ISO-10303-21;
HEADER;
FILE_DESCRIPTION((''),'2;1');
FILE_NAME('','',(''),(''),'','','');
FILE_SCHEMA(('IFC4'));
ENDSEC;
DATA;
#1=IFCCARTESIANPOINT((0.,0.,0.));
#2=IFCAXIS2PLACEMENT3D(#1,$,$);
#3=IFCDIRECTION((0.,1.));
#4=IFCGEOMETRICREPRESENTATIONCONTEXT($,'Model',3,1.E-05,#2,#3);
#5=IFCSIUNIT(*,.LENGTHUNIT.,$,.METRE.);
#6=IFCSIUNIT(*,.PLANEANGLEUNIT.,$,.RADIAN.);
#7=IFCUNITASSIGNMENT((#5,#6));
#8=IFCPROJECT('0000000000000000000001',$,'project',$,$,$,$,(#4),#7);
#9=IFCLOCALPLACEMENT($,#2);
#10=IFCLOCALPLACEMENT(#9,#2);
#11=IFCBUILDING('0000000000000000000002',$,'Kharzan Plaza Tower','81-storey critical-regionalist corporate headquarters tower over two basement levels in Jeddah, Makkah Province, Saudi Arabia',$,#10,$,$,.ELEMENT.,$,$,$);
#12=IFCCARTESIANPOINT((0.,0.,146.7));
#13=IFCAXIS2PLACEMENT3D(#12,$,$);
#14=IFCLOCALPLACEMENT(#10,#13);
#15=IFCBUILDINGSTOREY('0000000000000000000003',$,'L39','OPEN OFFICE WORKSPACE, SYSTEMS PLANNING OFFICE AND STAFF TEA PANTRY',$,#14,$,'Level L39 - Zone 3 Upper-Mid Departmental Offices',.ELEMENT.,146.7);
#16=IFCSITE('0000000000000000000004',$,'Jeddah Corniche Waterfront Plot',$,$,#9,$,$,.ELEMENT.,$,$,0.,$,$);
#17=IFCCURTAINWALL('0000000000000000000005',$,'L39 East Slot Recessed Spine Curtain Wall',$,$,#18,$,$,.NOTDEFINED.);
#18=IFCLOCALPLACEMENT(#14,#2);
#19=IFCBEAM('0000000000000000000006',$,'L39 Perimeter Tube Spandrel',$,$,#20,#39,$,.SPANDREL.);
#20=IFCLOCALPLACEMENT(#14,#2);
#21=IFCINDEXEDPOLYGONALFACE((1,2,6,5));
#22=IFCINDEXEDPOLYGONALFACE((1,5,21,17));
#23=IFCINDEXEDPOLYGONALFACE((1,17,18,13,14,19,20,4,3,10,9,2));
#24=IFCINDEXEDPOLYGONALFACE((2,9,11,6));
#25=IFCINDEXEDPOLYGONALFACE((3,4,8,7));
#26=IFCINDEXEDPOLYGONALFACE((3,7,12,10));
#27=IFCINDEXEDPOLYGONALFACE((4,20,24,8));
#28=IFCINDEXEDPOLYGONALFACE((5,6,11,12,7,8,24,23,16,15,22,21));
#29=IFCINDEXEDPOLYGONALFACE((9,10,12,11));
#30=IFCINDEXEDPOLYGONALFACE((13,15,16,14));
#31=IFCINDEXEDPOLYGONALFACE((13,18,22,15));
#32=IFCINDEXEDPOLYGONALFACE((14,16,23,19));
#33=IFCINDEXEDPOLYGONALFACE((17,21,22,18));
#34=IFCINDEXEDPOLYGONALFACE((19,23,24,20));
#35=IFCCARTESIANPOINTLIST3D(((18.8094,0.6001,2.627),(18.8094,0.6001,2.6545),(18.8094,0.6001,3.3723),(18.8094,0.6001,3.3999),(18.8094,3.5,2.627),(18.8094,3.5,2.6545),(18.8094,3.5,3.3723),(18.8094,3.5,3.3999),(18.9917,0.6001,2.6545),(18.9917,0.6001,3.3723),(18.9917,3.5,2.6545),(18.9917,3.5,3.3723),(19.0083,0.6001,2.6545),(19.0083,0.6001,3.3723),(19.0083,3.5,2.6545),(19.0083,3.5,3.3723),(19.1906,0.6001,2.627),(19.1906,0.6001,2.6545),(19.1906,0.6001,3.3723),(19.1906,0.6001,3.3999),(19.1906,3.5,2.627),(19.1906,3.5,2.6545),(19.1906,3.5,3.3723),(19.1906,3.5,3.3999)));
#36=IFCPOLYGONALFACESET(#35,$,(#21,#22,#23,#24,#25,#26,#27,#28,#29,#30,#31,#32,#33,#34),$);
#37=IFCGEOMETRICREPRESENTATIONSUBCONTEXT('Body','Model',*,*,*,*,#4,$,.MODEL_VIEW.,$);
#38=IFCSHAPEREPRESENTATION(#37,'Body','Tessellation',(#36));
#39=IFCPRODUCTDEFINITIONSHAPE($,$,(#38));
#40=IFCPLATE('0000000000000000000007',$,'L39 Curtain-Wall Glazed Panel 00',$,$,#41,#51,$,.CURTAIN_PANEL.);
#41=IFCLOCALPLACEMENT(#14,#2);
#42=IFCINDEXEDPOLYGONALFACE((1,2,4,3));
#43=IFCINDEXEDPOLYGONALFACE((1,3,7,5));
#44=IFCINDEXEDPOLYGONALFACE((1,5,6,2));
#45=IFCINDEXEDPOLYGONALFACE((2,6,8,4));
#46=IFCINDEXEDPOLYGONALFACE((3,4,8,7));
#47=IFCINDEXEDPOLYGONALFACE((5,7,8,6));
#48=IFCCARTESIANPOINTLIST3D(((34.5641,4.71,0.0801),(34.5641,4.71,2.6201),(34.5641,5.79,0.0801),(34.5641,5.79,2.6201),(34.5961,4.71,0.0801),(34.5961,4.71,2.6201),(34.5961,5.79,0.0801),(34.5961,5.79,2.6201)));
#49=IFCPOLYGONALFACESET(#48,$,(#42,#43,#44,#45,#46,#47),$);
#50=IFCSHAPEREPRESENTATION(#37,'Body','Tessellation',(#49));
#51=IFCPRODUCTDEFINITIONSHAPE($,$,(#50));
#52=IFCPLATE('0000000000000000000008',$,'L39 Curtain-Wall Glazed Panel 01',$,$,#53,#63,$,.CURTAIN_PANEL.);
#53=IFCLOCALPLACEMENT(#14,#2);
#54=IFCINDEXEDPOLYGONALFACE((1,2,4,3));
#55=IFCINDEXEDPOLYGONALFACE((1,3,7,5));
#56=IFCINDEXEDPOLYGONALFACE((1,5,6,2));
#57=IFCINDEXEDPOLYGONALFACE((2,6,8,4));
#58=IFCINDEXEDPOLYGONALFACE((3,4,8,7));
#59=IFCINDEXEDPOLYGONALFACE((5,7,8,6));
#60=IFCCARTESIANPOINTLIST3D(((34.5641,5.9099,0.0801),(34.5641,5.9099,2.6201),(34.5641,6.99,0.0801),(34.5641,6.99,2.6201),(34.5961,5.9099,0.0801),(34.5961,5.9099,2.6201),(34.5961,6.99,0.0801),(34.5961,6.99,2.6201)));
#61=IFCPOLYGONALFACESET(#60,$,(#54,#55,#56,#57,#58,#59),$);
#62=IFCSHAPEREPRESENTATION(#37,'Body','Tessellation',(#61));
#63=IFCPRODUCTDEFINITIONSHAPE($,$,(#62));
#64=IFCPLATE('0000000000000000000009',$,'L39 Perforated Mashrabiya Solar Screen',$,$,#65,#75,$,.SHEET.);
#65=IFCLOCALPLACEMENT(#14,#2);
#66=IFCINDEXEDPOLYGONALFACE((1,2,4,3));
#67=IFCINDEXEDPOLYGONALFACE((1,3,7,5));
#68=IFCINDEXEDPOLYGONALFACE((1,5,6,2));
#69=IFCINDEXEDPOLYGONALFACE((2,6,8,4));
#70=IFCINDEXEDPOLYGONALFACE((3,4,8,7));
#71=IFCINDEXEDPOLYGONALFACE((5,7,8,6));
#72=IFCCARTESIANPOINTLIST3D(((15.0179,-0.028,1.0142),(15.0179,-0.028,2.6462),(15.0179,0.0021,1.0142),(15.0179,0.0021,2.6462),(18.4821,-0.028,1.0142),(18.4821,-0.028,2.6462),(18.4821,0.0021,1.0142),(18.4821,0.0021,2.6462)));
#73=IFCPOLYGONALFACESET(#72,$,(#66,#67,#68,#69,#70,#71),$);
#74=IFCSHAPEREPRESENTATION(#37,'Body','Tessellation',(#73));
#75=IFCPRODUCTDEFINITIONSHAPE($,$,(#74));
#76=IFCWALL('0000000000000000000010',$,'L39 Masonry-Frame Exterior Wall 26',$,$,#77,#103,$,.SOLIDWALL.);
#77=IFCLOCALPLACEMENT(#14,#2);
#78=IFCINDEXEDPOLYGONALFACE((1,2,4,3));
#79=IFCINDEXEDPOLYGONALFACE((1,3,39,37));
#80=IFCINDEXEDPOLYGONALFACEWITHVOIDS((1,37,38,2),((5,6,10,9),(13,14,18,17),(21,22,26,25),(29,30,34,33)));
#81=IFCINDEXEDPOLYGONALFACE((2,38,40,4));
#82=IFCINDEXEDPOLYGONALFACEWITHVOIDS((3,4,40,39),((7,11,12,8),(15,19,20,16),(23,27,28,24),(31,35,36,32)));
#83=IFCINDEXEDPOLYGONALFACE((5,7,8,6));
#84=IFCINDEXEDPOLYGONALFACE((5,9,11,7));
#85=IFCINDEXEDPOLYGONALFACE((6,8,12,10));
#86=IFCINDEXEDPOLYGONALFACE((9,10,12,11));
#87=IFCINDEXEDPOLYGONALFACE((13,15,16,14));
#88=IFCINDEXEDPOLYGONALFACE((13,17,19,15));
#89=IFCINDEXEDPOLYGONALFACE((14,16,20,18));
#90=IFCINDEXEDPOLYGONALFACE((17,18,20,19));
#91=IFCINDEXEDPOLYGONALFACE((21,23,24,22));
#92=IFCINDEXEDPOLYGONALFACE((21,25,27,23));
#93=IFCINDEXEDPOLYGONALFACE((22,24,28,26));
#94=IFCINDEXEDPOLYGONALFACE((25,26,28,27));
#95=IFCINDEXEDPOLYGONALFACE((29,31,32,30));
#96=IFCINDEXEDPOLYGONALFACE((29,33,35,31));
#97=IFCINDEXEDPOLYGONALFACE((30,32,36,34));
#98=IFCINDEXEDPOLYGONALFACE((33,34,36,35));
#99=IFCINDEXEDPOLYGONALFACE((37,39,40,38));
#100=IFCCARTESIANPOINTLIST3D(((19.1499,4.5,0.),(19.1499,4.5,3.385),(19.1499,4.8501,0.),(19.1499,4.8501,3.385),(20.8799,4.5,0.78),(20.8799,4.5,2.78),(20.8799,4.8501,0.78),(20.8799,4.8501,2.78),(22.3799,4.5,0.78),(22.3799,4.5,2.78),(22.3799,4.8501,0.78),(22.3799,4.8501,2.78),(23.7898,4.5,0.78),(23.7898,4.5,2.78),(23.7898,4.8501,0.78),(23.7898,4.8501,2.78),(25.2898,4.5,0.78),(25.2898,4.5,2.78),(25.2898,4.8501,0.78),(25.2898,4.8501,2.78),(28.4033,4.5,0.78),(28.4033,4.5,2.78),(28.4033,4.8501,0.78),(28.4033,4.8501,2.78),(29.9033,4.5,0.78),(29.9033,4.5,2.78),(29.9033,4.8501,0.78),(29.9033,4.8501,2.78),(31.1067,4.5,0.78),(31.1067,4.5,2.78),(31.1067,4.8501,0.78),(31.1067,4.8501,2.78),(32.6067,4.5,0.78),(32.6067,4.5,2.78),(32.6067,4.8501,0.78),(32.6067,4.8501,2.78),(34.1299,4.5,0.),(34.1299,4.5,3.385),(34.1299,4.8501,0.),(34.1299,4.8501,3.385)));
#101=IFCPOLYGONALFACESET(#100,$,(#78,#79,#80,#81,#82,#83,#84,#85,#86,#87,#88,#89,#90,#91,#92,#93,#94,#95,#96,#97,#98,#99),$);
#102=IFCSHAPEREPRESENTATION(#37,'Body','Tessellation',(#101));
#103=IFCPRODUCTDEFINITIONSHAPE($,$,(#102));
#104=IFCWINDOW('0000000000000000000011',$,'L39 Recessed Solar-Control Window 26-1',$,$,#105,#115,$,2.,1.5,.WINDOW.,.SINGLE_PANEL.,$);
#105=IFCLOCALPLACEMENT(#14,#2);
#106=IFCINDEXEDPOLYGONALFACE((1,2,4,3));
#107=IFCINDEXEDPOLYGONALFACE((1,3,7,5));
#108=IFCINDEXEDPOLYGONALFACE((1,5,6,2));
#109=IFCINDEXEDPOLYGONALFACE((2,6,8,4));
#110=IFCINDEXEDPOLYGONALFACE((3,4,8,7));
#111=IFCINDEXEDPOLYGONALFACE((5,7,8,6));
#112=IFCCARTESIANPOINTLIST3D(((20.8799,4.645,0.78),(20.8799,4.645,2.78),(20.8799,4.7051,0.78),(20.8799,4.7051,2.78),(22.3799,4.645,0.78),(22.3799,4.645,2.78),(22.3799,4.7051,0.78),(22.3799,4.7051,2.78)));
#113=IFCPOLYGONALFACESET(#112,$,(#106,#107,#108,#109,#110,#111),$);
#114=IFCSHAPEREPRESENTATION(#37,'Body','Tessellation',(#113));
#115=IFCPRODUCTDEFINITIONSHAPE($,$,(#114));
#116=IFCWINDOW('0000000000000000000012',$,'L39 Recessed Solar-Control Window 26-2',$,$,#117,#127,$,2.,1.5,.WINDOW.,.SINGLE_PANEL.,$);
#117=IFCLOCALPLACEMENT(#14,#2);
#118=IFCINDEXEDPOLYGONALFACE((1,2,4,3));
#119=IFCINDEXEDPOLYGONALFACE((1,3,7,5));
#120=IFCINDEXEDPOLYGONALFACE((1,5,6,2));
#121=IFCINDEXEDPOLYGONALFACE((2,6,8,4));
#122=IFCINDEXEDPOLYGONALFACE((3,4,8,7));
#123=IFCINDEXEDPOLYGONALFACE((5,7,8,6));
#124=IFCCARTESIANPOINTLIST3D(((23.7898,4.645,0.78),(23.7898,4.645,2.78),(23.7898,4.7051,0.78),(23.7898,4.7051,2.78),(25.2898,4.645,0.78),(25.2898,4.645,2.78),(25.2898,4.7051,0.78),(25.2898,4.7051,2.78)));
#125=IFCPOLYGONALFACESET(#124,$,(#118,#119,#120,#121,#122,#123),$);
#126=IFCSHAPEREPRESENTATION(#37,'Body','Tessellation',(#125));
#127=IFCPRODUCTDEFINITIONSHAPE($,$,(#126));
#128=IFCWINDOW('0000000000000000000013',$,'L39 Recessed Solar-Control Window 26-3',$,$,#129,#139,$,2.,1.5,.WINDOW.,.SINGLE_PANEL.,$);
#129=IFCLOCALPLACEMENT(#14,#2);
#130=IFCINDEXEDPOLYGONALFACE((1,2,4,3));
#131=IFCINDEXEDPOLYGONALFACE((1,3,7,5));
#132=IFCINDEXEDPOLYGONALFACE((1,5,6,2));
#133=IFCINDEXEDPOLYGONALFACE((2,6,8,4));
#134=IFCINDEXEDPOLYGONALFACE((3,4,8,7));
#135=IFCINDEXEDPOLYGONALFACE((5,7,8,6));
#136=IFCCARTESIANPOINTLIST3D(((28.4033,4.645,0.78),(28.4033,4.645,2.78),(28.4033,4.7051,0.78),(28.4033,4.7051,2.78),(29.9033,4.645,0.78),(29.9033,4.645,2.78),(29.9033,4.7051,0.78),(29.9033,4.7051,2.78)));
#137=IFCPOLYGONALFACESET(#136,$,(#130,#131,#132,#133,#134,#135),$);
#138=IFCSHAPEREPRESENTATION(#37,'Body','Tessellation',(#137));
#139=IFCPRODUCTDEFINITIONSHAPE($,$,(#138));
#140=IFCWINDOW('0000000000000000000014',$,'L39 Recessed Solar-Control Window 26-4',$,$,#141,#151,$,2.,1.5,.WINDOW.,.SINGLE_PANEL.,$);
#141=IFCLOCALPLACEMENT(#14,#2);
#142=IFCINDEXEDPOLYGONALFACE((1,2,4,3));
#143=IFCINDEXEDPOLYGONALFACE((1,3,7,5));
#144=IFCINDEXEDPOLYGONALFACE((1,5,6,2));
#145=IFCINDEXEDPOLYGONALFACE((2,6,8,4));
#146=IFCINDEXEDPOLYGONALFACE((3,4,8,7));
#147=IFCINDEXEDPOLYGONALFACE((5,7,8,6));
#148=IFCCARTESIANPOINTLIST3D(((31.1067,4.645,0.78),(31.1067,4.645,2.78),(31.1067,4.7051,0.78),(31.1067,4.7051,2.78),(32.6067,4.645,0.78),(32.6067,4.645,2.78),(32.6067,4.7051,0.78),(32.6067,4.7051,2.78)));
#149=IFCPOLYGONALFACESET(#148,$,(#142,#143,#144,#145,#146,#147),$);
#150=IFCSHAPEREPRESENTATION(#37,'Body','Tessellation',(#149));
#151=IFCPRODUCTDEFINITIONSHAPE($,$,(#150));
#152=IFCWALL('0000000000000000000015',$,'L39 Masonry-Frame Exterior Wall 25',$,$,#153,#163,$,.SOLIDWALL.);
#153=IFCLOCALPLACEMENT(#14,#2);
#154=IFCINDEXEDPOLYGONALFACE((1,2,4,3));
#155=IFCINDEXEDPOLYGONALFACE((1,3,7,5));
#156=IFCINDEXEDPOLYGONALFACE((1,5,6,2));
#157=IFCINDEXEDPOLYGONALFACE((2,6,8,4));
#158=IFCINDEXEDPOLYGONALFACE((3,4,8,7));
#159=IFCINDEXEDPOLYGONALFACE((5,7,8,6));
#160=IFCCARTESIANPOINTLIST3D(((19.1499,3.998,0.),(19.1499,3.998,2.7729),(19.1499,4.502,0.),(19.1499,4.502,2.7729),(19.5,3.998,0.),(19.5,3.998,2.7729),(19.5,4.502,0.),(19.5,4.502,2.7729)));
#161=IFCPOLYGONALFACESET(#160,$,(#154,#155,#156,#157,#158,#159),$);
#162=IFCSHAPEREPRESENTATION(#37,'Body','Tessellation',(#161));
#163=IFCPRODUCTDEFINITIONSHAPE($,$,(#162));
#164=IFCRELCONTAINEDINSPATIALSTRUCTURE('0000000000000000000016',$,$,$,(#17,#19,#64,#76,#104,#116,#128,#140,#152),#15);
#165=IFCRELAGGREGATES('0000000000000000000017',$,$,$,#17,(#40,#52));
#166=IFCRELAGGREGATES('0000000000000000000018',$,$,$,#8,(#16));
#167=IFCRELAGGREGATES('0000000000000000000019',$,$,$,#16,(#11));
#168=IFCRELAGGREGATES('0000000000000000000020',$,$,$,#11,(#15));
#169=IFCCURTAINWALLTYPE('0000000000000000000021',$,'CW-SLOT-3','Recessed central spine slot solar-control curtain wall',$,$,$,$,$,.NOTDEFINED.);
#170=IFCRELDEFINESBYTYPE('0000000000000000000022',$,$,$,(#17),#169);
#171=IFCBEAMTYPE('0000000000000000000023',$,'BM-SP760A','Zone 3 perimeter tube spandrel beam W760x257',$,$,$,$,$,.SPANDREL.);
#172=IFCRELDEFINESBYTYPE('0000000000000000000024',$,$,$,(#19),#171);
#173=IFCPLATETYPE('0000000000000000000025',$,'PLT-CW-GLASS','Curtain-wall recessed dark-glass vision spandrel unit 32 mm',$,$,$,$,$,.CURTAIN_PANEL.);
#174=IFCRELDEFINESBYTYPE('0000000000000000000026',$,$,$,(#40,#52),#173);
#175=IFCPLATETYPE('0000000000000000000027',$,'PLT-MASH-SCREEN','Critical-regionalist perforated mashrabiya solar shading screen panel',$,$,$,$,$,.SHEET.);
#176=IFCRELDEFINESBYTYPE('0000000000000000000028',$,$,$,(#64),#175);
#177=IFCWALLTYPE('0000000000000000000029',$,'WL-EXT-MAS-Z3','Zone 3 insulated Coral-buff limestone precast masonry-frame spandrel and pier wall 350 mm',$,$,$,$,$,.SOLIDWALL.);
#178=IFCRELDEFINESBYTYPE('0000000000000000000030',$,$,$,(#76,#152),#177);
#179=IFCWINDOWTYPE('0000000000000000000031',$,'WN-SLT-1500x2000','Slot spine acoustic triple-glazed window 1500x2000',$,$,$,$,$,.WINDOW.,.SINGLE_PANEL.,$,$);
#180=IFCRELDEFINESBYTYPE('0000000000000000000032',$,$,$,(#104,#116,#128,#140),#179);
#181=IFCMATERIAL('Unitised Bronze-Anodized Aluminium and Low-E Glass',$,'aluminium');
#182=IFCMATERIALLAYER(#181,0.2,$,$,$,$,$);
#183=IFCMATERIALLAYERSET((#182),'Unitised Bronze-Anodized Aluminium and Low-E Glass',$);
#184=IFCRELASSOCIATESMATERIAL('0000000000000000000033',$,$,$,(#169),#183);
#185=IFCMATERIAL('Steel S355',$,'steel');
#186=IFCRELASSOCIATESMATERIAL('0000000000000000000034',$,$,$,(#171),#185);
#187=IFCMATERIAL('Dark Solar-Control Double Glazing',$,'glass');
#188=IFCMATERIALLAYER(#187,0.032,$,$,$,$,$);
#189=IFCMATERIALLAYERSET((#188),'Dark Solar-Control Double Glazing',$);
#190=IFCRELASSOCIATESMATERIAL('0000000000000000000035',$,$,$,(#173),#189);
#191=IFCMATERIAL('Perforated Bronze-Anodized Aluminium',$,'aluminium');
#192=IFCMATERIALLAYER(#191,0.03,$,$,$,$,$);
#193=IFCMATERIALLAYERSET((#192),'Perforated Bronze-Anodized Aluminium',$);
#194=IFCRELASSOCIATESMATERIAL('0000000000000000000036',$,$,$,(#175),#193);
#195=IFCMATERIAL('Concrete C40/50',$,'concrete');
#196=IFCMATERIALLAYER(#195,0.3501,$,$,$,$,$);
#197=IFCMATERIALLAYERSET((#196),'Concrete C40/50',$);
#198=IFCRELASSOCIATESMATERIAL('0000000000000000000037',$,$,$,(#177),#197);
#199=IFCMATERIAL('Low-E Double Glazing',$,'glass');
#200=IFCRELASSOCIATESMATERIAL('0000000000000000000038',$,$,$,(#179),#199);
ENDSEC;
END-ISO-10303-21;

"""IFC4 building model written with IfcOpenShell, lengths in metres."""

from ifc_helpers import new_model, si_unit, direction, frame, frame_2d, origin, origin_2d, place, context, subcontext, project, spatial, rectangle, i_section, extrude, source, transform, mapped, material, layer, layer_set, material_profile, profile_set, type_object, element, fill, aggregate, save


model = new_model("IFC4")

# Units and contexts
model_context = context("Model", 3, precision=1e-05, world=origin(), true_north=direction((0.0, 1.0)))
body_context = subcontext(model_context, "Body", "Model", "MODEL_VIEW")
ifc_project = project(units=[si_unit("LENGTHUNIT", "METRE"), si_unit("PLANEANGLEUNIT", "RADIAN")], contexts=[model_context])

# Site, building, storey
site_placement = place(None, origin())
site = spatial("IfcSite", under=ifc_project, at=site_placement, Name="Jeddah Corniche Waterfront Plot", CompositionType="ELEMENT", RefElevation=0.0)
building_placement = place(site_placement, origin())
building = spatial("IfcBuilding", under=site, at=building_placement, Name="Kharzan Plaza Tower", Description="81-storey critical-regionalist corporate headquarters tower over two basement levels in Jeddah, Makkah Province, Saudi Arabia", CompositionType="ELEMENT")
storey_placement = place(building_placement, frame((0.0, 0.0, 146.7)))
storey = spatial("IfcBuildingStorey", under=building, at=storey_placement, Name="L39", Description="OPEN OFFICE WORKSPACE, SYSTEMS PLANNING OFFICE AND STAFF TEA PANTRY", LongName="Level L39 - Zone 3 Upper-Mid Departmental Offices", CompositionType="ELEMENT", Elevation=146.7)

# Curtain wall
ifc_material_1 = material(Name="Unitised Bronze-Anodized Aluminium and Low-E Glass", Category="aluminium")
ifc_layer_1 = layer(ifc_material_1, 0.2)
ifc_layer_set_1 = layer_set([ifc_layer_1], Name="Unitised Bronze-Anodized Aluminium and Low-E Glass")
curtain_wall_type = type_object("IfcCurtainWallType", Name="CW-SLOT-3", Description="Recessed central spine slot solar-control curtain wall", PredefinedType="NOTDEFINED", material=ifc_layer_set_1)
curtain_wall_placement = place(storey_placement, origin())
curtain_wall = element("IfcCurtainWall", 1, at=curtain_wall_placement, inside=storey, type_object=curtain_wall_type, Name="L39 East Slot Recessed Spine Curtain Wall", PredefinedType="NOTDEFINED")

# Beam
ifc_material_2 = material(Name="Steel S355", Category="steel")
ifc_material_profile_1 = material_profile(ifc_material_2, i_section(OverallWidth=0.3811, OverallDepth=0.7729, WebThickness=0.0166, FlangeThickness=0.0276, at=origin_2d()), Name="W760x257")
ifc_profile_set_1 = profile_set([ifc_material_profile_1], Name="Steel S355")
beam_type_1 = type_object("IfcBeamType", Name="BM-SP760A", Description="Zone 3 perimeter tube spandrel beam W760x257", PredefinedType="SPANDREL", material=ifc_profile_set_1)
shared_shape_1 = source(origin(), body_context, "Body", "SweptSolid", [
    extrude(i_section(OverallWidth=0.3811, OverallDepth=0.7729, WebThickness=0.0166, FlangeThickness=0.0276, at=origin_2d()), origin(), (0.0, 0.0, 1.0), 2.8999),
])
beam_placement = place(storey_placement, frame((19.0, 0.6001, 3.0134), z_axis=(0.0, 1.0, 0.0), x_axis=(-1.0, 0.0, 0.0)))
element("IfcBeam", 2, at=beam_placement, inside=storey, type_object=beam_type_1, Name="L39 Perimeter Tube Spandrel", PredefinedType="SPANDREL", context=body_context, shape_type="MappedRepresentation", body=[
    mapped(shared_shape_1, transform((0.0, 0.0, 0.0), x_axis=(1.0, 0.0, 0.0), y_axis=(0.0, 1.0, 0.0), z_axis=(0.0, 0.0, 1.0))),
])

# Plates
ifc_material_3 = material(Name="Dark Solar-Control Double Glazing", Category="glass")
ifc_layer_2 = layer(ifc_material_3, 0.032)
ifc_layer_set_2 = layer_set([ifc_layer_2], Name="Dark Solar-Control Double Glazing")
plate_type_1 = type_object("IfcPlateType", Name="PLT-CW-GLASS", Description="Curtain-wall recessed dark-glass vision spandrel unit 32 mm", PredefinedType="CURTAIN_PANEL", material=ifc_layer_set_2)
shared_shape_2 = source(origin(), body_context, "Body", "SweptSolid", [
    extrude(rectangle(XDim=1.0801, YDim=0.032, at=origin_2d()), origin(), (0.0, 0.0, 1.0), 2.54),
])
plate_1_placement = place(storey_placement, frame((34.5801, 5.25, 0.0801), z_axis=(0.0, 0.0, 1.0), x_axis=(0.0, 1.0, 0.0)))
plate_1 = element("IfcPlate", 3, at=plate_1_placement, type_object=plate_type_1, Name="L39 Curtain-Wall Glazed Panel 00", PredefinedType="CURTAIN_PANEL", context=body_context, shape_type="MappedRepresentation", body=[
    mapped(shared_shape_2, transform((0.0, 0.0, 0.0), x_axis=(1.0, 0.0, 0.0), y_axis=(0.0, 1.0, 0.0), z_axis=(0.0, 0.0, 1.0))),
])
plate_2_placement = place(storey_placement, frame((34.5801, 6.45, 0.0801), z_axis=(0.0, 0.0, 1.0), x_axis=(0.0, 1.0, 0.0)))
plate_2 = element("IfcPlate", 4, at=plate_2_placement, type_object=plate_type_1, Name="L39 Curtain-Wall Glazed Panel 01", PredefinedType="CURTAIN_PANEL", context=body_context, shape_type="MappedRepresentation", body=[
    mapped(shared_shape_2, transform((0.0, 0.0, 0.0), x_axis=(1.0, 0.0, 0.0), y_axis=(0.0, 1.0, 0.0), z_axis=(0.0, 0.0, 1.0))),
])
aggregate(curtain_wall, [plate_1, plate_2])
ifc_material_4 = material(Name="Perforated Bronze-Anodized Aluminium", Category="aluminium")
ifc_layer_3 = layer(ifc_material_4, 0.03)
ifc_layer_set_3 = layer_set([ifc_layer_3], Name="Perforated Bronze-Anodized Aluminium")
plate_type_2 = type_object("IfcPlateType", Name="PLT-MASH-SCREEN", Description="Critical-regionalist perforated mashrabiya solar shading screen panel", PredefinedType="SHEET", material=ifc_layer_set_3)
shared_shape_3 = source(origin(), body_context, "Body", "SweptSolid", [
    extrude(rectangle(XDim=3.4641, YDim=0.03, at=origin_2d()), origin(), (0.0, 0.0, 1.0), 1.6321),
])
plate_3_placement = place(storey_placement, frame((16.75, -0.0129, 1.0142), z_axis=(0.0, 0.0, 1.0), x_axis=(1.0, 0.0, 0.0)))
element("IfcPlate", 5, at=plate_3_placement, inside=storey, type_object=plate_type_2, Name="L39 Perforated Mashrabiya Solar Screen", PredefinedType="SHEET", context=body_context, shape_type="MappedRepresentation", body=[
    mapped(shared_shape_3, transform((0.0, 0.0, 0.0), x_axis=(1.0, 0.0, 0.0), y_axis=(0.0, 1.0, 0.0), z_axis=(0.0, 0.0, 1.0))),
])

# Wall, openings, windows
ifc_material_5 = material(Name="Concrete C40/50", Category="concrete")
ifc_layer_4 = layer(ifc_material_5, 0.3501)
ifc_layer_set_4 = layer_set([ifc_layer_4], Name="Concrete C40/50")
wall_type_1 = type_object("IfcWallType", Name="WL-EXT-MAS-Z3", Description="Zone 3 insulated Coral-buff limestone precast masonry-frame spandrel and pier wall 350 mm", PredefinedType="SOLIDWALL", material=ifc_layer_set_4)
wall_1_placement = place(storey_placement, frame((19.1499, 4.675, 0.0), z_axis=(0.0, 0.0, 1.0), x_axis=(1.0, 0.0, 0.0)))
wall_1 = element("IfcWall", 6, at=wall_1_placement, inside=storey, type_object=wall_type_1, Name="L39 Masonry-Frame Exterior Wall 26", PredefinedType="SOLIDWALL", context=body_context, shape_type="SweptSolid", body=[
    extrude(rectangle(XDim=14.98, YDim=0.3501, at=frame_2d((7.49, 0.0))), origin(), (0.0, 0.0, 1.0), 3.385),
])
opening_1_placement = place(wall_1_placement, frame((1.73, 0.0, 0.78)))
opening_1 = element("IfcOpeningElement", 7, at=opening_1_placement, cuts=wall_1, PredefinedType="OPENING", context=body_context, shape_type="SweptSolid", body=[
    extrude(rectangle(XDim=1.5, YDim=2.0, at=frame_2d((0.75, 1.0))), frame((0.0, 0.1851, 0.0), z_axis=(0.0, -1.0, 0.0), x_axis=(1.0, 0.0, 0.0)), (0.0, 0.0, 1.0), 0.3701),
])
opening_2_placement = place(wall_1_placement, frame((4.6399, 0.0, 0.78)))
opening_2 = element("IfcOpeningElement", 8, at=opening_2_placement, cuts=wall_1, PredefinedType="OPENING", context=body_context, shape_type="SweptSolid", body=[
    extrude(rectangle(XDim=1.5, YDim=2.0, at=frame_2d((0.75, 1.0))), frame((0.0, 0.1851, 0.0), z_axis=(0.0, -1.0, 0.0), x_axis=(1.0, 0.0, 0.0)), (0.0, 0.0, 1.0), 0.3701),
])
opening_3_placement = place(wall_1_placement, frame((9.2534, 0.0, 0.78)))
opening_3 = element("IfcOpeningElement", 9, at=opening_3_placement, cuts=wall_1, PredefinedType="OPENING", context=body_context, shape_type="SweptSolid", body=[
    extrude(rectangle(XDim=1.5, YDim=2.0, at=frame_2d((0.75, 1.0))), frame((0.0, 0.1851, 0.0), z_axis=(0.0, -1.0, 0.0), x_axis=(1.0, 0.0, 0.0)), (0.0, 0.0, 1.0), 0.3701),
])
opening_4_placement = place(wall_1_placement, frame((11.9568, 0.0, 0.78)))
opening_4 = element("IfcOpeningElement", 10, at=opening_4_placement, cuts=wall_1, PredefinedType="OPENING", context=body_context, shape_type="SweptSolid", body=[
    extrude(rectangle(XDim=1.5, YDim=2.0, at=frame_2d((0.75, 1.0))), frame((0.0, 0.1851, 0.0), z_axis=(0.0, -1.0, 0.0), x_axis=(1.0, 0.0, 0.0)), (0.0, 0.0, 1.0), 0.3701),
])
ifc_material_6 = material(Name="Low-E Double Glazing", Category="glass")
window_type = type_object("IfcWindowType", Name="WN-SLT-1500x2000", Description="Slot spine acoustic triple-glazed window 1500x2000", PartitioningType="SINGLE_PANEL", PredefinedType="WINDOW", material=ifc_material_6)
shared_shape_4 = source(origin(), body_context, "Body", "SweptSolid", [
    extrude(rectangle(XDim=1.5, YDim=2.0, at=frame_2d((0.75, 1.0))), frame((0.0, 0.03, 0.0), z_axis=(0.0, -1.0, 0.0), x_axis=(1.0, 0.0, 0.0)), (0.0, 0.0, 1.0), 0.0601),
])
window_1_placement = place(opening_1_placement, origin())
window_1 = element("IfcWindow", 11, at=window_1_placement, inside=storey, type_object=window_type, Name="L39 Recessed Solar-Control Window 26-1", OverallHeight=2.0, OverallWidth=1.5, PartitioningType="SINGLE_PANEL", PredefinedType="WINDOW", context=body_context, shape_type="MappedRepresentation", body=[
    mapped(shared_shape_4, transform((0.0, 0.0, 0.0), x_axis=(1.0, 0.0, 0.0), y_axis=(0.0, 1.0, 0.0), z_axis=(0.0, 0.0, 1.0))),
])
fill(opening_1, window_1)
window_2_placement = place(opening_2_placement, origin())
window_2 = element("IfcWindow", 12, at=window_2_placement, inside=storey, type_object=window_type, Name="L39 Recessed Solar-Control Window 26-2", OverallHeight=2.0, OverallWidth=1.5, PartitioningType="SINGLE_PANEL", PredefinedType="WINDOW", context=body_context, shape_type="MappedRepresentation", body=[
    mapped(shared_shape_4, transform((0.0, 0.0, 0.0), x_axis=(1.0, 0.0, 0.0), y_axis=(0.0, 1.0, 0.0), z_axis=(0.0, 0.0, 1.0))),
])
fill(opening_2, window_2)
window_3_placement = place(opening_3_placement, origin())
window_3 = element("IfcWindow", 13, at=window_3_placement, inside=storey, type_object=window_type, Name="L39 Recessed Solar-Control Window 26-3", OverallHeight=2.0, OverallWidth=1.5, PartitioningType="SINGLE_PANEL", PredefinedType="WINDOW", context=body_context, shape_type="MappedRepresentation", body=[
    mapped(shared_shape_4, transform((0.0, 0.0, 0.0), x_axis=(1.0, 0.0, 0.0), y_axis=(0.0, 1.0, 0.0), z_axis=(0.0, 0.0, 1.0))),
])
fill(opening_3, window_3)
window_4_placement = place(opening_4_placement, origin())
window_4 = element("IfcWindow", 14, at=window_4_placement, inside=storey, type_object=window_type, Name="L39 Recessed Solar-Control Window 26-4", OverallHeight=2.0, OverallWidth=1.5, PartitioningType="SINGLE_PANEL", PredefinedType="WINDOW", context=body_context, shape_type="MappedRepresentation", body=[
    mapped(shared_shape_4, transform((0.0, 0.0, 0.0), x_axis=(1.0, 0.0, 0.0), y_axis=(0.0, 1.0, 0.0), z_axis=(0.0, 0.0, 1.0))),
])
fill(opening_4, window_4)

# Wall
shared_shape_5 = source(origin(), body_context, "Body", "SweptSolid", [
    extrude(rectangle(XDim=0.5039, YDim=0.3501, at=frame_2d((0.252, 0.0))), origin(), (0.0, 0.0, 1.0), 2.7729),
])
wall_2_placement = place(storey_placement, frame((19.325, 3.998, 0.0), z_axis=(0.0, 0.0, 1.0), x_axis=(0.0, 1.0, 0.0)))
element("IfcWall", 15, at=wall_2_placement, inside=storey, type_object=wall_type_1, Name="L39 Masonry-Frame Exterior Wall 25", PredefinedType="SOLIDWALL", context=body_context, shape_type="MappedRepresentation", body=[
    mapped(shared_shape_5, transform((0.0, 0.0, 0.0), x_axis=(1.0, 0.0, 0.0), y_axis=(0.0, 1.0, 0.0), z_axis=(0.0, 0.0, 1.0))),
])

save(model, "model.ifc")
